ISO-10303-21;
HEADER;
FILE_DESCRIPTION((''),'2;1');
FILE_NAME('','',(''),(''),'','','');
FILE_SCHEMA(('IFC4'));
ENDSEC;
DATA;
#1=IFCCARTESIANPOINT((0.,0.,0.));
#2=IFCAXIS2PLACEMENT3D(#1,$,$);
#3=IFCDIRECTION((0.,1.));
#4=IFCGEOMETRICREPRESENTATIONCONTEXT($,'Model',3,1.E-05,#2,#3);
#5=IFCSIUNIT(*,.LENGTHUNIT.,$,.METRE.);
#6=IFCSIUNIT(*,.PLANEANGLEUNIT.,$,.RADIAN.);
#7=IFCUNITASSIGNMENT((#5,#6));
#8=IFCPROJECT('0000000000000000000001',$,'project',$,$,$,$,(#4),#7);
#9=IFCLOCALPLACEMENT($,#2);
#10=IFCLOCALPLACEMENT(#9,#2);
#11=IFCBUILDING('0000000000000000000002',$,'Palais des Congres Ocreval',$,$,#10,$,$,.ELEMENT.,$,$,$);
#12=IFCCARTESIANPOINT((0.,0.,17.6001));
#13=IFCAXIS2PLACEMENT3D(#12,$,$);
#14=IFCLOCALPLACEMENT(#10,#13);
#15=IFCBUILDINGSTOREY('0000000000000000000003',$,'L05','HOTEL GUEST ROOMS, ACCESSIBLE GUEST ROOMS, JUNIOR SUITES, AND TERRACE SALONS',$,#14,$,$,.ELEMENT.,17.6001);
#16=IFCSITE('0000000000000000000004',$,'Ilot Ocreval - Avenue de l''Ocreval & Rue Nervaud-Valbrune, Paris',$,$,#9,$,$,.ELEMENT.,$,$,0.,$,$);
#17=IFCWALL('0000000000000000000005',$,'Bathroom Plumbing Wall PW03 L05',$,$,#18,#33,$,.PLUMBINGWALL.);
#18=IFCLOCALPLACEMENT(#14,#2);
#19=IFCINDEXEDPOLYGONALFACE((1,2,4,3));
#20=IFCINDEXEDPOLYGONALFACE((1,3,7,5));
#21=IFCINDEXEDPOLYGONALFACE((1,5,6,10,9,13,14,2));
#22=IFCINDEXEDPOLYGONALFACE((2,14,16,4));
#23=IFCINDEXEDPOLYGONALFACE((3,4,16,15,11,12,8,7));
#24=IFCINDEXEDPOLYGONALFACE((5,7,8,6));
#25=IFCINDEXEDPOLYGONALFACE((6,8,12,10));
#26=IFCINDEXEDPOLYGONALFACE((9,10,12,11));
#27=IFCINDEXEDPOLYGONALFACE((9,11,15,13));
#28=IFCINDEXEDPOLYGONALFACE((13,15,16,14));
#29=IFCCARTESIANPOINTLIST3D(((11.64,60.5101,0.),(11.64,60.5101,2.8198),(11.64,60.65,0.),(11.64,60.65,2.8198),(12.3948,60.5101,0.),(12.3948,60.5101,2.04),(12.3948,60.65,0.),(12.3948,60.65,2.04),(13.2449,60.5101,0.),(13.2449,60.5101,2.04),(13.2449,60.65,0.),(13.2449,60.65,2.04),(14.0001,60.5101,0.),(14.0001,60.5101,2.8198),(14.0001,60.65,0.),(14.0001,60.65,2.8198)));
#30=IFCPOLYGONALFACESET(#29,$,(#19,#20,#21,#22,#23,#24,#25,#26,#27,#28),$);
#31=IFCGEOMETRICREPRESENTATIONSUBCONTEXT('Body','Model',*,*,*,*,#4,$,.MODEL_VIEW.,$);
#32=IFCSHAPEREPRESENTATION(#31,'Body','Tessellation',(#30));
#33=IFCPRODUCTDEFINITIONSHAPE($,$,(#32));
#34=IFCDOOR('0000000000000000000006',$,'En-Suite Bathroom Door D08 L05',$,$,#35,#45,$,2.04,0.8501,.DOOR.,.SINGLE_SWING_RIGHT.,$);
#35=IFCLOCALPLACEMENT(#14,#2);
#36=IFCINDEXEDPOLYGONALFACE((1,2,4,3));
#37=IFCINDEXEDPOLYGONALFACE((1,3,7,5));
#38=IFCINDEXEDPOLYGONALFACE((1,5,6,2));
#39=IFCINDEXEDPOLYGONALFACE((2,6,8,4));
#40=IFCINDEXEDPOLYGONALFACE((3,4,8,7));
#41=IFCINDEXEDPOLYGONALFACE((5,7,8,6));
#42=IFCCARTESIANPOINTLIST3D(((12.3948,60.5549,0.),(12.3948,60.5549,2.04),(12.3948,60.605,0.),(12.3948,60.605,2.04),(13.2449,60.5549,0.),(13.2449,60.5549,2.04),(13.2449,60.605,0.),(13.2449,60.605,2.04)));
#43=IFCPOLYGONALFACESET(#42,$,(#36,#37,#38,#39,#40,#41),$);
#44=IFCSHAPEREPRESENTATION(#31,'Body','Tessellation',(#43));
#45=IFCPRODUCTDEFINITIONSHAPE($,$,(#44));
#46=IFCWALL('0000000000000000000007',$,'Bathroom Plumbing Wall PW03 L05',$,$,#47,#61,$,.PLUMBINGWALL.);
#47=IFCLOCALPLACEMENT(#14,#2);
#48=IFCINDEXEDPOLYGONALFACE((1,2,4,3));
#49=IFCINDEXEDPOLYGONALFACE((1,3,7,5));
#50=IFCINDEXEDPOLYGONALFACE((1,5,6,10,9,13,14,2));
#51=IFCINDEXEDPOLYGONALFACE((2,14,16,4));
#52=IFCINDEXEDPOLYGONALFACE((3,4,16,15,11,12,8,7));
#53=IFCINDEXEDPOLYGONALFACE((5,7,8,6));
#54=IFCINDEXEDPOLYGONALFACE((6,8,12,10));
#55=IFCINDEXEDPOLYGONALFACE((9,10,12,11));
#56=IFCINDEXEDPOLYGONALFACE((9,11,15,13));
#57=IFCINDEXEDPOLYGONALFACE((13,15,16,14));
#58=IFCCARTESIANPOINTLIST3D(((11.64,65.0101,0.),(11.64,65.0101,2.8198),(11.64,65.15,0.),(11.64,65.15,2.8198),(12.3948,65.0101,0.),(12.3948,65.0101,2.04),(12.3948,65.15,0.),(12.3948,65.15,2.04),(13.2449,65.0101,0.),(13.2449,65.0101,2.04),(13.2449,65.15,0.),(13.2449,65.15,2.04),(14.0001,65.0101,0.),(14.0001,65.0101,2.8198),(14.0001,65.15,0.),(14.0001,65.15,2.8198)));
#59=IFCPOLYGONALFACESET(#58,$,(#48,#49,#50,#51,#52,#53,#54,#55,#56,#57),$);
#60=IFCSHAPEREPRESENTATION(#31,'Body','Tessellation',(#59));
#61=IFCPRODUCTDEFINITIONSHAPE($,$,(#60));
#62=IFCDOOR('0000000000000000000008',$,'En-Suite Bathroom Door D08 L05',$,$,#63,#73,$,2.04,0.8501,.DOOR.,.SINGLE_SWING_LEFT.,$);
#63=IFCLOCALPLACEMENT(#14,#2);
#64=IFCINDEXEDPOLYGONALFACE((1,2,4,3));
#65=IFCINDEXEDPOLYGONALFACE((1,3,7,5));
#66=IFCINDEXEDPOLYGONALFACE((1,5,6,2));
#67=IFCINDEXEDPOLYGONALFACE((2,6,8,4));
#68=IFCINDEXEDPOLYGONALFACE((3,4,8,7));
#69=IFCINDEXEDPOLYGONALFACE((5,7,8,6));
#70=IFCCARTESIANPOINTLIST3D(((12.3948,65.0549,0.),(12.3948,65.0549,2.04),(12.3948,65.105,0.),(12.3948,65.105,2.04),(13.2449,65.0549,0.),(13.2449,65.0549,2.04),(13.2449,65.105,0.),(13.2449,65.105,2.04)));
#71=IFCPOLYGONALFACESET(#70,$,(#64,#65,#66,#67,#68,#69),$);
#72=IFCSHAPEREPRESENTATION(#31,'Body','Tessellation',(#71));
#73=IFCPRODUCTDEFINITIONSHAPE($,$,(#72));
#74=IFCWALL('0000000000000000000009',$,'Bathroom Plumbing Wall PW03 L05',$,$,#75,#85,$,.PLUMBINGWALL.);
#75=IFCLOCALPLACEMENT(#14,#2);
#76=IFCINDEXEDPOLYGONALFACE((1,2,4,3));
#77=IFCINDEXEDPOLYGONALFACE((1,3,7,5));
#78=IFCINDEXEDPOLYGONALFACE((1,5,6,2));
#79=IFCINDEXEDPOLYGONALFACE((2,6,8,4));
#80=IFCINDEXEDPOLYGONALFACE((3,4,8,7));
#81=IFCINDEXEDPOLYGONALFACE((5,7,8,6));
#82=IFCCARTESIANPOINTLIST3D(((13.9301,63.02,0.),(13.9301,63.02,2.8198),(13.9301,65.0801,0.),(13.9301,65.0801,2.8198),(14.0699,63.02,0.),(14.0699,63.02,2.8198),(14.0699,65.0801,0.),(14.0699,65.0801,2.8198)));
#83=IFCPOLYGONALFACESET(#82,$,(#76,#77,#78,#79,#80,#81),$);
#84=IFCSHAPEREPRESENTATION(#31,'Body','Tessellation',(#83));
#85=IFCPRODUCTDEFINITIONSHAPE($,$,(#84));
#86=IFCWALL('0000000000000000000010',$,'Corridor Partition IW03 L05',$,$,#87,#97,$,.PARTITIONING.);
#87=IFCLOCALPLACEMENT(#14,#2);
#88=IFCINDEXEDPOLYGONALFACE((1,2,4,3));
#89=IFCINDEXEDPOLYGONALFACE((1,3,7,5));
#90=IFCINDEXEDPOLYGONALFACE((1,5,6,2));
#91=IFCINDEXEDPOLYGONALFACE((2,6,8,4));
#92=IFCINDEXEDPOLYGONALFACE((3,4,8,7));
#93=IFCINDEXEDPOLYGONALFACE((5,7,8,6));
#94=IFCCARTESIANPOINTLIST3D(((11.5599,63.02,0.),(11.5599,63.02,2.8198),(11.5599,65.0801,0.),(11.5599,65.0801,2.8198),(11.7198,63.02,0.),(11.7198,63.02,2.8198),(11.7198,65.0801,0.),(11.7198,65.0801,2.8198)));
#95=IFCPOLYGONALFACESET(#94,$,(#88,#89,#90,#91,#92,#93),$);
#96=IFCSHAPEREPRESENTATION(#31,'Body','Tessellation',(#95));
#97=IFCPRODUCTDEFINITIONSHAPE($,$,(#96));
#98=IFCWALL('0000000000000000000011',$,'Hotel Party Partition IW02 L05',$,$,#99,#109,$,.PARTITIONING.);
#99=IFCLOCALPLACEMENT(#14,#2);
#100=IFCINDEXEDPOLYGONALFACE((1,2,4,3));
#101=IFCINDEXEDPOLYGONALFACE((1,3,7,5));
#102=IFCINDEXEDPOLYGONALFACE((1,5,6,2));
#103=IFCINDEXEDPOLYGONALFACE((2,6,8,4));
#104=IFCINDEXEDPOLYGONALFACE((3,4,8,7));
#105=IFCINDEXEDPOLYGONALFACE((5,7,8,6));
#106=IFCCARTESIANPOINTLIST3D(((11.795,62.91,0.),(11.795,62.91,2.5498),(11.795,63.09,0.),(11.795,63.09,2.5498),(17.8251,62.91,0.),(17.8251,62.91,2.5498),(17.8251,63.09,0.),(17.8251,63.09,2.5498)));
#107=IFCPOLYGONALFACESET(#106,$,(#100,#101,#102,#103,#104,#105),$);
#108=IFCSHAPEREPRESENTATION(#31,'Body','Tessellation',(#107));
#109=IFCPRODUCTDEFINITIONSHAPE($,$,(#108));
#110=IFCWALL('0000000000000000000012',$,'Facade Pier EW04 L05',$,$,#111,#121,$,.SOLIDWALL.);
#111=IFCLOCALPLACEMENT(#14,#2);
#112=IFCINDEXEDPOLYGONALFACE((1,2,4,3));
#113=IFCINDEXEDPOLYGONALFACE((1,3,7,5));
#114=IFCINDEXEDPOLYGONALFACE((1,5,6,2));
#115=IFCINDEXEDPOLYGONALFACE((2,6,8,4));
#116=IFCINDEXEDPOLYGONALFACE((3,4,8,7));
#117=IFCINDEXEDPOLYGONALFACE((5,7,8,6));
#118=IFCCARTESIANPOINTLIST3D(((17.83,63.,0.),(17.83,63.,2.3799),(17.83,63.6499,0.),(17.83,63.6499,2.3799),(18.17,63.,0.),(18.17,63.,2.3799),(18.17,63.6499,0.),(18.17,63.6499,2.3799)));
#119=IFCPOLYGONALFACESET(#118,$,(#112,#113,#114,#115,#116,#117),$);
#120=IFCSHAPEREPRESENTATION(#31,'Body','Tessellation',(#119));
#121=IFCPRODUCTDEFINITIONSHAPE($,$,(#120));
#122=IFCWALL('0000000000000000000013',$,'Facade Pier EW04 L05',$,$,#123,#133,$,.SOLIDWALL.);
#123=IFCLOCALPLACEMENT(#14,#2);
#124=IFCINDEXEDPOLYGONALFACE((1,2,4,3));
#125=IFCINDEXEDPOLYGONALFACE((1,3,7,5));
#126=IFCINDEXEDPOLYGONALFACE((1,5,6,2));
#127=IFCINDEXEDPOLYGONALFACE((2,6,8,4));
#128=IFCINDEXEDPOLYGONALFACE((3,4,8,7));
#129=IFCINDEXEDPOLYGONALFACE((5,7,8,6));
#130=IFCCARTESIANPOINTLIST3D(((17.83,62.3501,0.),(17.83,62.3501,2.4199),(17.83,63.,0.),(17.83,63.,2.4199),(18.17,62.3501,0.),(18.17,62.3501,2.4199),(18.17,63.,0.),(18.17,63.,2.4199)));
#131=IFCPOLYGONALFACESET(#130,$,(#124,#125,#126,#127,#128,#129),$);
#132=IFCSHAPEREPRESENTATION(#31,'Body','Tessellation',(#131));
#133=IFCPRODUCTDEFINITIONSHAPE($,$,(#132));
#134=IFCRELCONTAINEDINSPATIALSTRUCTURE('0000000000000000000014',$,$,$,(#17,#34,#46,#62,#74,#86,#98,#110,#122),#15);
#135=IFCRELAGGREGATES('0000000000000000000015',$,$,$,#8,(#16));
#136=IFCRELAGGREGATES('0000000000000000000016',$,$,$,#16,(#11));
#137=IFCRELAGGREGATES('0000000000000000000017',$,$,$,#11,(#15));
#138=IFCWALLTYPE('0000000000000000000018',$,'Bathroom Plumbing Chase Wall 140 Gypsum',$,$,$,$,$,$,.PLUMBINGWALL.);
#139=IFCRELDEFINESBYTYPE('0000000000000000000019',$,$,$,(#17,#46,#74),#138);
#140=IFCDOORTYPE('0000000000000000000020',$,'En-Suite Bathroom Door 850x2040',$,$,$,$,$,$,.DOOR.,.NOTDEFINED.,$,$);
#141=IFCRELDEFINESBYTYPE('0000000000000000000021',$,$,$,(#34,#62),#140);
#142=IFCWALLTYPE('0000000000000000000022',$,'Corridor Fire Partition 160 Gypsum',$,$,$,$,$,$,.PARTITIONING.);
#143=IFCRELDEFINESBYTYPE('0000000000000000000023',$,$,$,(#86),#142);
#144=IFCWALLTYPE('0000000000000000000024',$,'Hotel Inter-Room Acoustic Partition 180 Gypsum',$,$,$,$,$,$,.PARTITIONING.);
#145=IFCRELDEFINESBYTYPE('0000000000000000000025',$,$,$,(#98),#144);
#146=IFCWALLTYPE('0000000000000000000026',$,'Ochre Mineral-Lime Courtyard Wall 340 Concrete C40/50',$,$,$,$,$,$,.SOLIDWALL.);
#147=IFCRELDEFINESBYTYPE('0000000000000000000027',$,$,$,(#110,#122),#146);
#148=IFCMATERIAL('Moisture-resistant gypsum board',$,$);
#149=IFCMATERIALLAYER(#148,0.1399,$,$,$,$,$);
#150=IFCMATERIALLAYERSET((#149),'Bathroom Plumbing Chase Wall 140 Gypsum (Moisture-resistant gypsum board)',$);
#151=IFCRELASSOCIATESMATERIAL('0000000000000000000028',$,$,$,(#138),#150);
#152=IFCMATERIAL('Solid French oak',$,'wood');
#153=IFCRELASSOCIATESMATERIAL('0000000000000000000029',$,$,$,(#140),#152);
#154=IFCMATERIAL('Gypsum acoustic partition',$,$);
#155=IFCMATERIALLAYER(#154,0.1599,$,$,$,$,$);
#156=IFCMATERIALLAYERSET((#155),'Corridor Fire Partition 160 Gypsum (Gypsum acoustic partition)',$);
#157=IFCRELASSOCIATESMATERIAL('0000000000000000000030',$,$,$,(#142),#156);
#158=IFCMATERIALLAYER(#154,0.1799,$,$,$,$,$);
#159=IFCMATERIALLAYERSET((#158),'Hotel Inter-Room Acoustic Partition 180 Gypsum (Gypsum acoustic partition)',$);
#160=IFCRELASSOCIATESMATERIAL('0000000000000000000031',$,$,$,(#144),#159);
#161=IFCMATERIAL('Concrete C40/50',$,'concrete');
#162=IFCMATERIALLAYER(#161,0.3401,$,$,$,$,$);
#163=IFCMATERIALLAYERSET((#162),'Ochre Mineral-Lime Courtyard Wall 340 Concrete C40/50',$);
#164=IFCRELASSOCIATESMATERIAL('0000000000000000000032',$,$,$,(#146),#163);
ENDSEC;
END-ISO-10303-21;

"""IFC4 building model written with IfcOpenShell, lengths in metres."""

from ifc_helpers import new_model, si_unit, direction, frame, frame_2d, origin, place, context, subcontext, project, spatial, rectangle, extrude, material, layer, layer_set, type_object, element, fill, save


model = new_model("IFC4")

# Units and contexts
model_context = context("Model", 3, precision=1e-05, world=origin(), true_north=direction((0.0, 1.0)))
body_context = subcontext(model_context, "Body", "Model", "MODEL_VIEW")
ifc_project = project(units=[si_unit("LENGTHUNIT", "METRE"), si_unit("PLANEANGLEUNIT", "RADIAN")], contexts=[model_context])

# Site, building, storey
site_placement = place(None, origin())
site = spatial("IfcSite", under=ifc_project, at=site_placement, Name="Ilot Ocreval - Avenue de l'Ocreval & Rue Nervaud-Valbrune, Paris", CompositionType="ELEMENT", RefElevation=0.0)
building_placement = place(site_placement, origin())
building = spatial("IfcBuilding", under=site, at=building_placement, Name="Palais des Congres Ocreval", CompositionType="ELEMENT")
storey_placement = place(building_placement, frame((0.0, 0.0, 17.6001)))
storey = spatial("IfcBuildingStorey", under=building, at=storey_placement, Name="L05", Description="HOTEL GUEST ROOMS, ACCESSIBLE GUEST ROOMS, JUNIOR SUITES, AND TERRACE SALONS", CompositionType="ELEMENT", Elevation=17.6001)

# Shared definitions
ifc_material_1 = material(Name="Concrete C40/50", Category="concrete")

# Walls, openings, doors
ifc_material_2 = material(Name="Moisture-resistant gypsum board")
ifc_layer_1 = layer(ifc_material_2, 0.1399)
ifc_layer_set_1 = layer_set([ifc_layer_1], Name="Bathroom Plumbing Chase Wall 140 Gypsum (Moisture-resistant gypsum board)")
wall_type_1 = type_object("IfcWallType", Name="Bathroom Plumbing Chase Wall 140 Gypsum", PredefinedType="PLUMBINGWALL", material=ifc_layer_set_1)
wall_1_placement = place(storey_placement, frame((11.6399, 60.5801, 0.0), z_axis=(0.0, 0.0, 1.0), x_axis=(1.0, 0.0, 0.0)))
wall_1 = element("IfcWall", 1, at=wall_1_placement, inside=storey, type_object=wall_type_1, Name="Bathroom Plumbing Wall PW03 L05", PredefinedType="PLUMBINGWALL", context=body_context, shape_type="SweptSolid", body=[
    extrude(rectangle(XDim=2.3601, YDim=0.1399, at=frame_2d((1.1802, 0.0))), origin(), (0.0, 0.0, 1.0), 2.8198),
])
opening_1_placement = place(wall_1_placement, frame((0.7549, 0.0, 0.0)))
opening_1 = element("IfcOpeningElement", 2, at=opening_1_placement, cuts=wall_1, PredefinedType="OPENING", context=body_context, shape_type="SweptSolid", body=[
    extrude(rectangle(XDim=0.8501, YDim=2.04, at=frame_2d((0.425, 1.02))), frame((0.0, 0.0798, 0.0), z_axis=(0.0, -1.0, 0.0), x_axis=(1.0, 0.0, 0.0)), (0.0, 0.0, 1.0), 0.1599),
])
ifc_material_3 = material(Name="Solid French oak", Category="wood")
door_type_1 = type_object("IfcDoorType", Name="En-Suite Bathroom Door 850x2040", OperationType="NOTDEFINED", PredefinedType="DOOR", material=ifc_material_3)
door_1_placement = place(opening_1_placement, origin())
door_1 = element("IfcDoor", 3, at=door_1_placement, inside=storey, type_object=door_type_1, Name="En-Suite Bathroom Door D08 L05", OperationType="SINGLE_SWING_RIGHT", OverallHeight=2.04, OverallWidth=0.8501, PredefinedType="DOOR", context=body_context, shape_type="SweptSolid", body=[
    extrude(rectangle(XDim=0.8501, YDim=2.04, at=frame_2d((0.425, 1.02))), frame((0.0, 0.0249, 0.0), z_axis=(0.0, -1.0, 0.0), x_axis=(1.0, 0.0, 0.0)), (0.0, 0.0, 1.0), 0.05),
])
fill(opening_1, door_1)
wall_2_placement = place(storey_placement, frame((11.6399, 65.0801, 0.0), z_axis=(0.0, 0.0, 1.0), x_axis=(1.0, 0.0, 0.0)))
wall_2 = element("IfcWall", 4, at=wall_2_placement, inside=storey, type_object=wall_type_1, Name="Bathroom Plumbing Wall PW03 L05", PredefinedType="PLUMBINGWALL", context=body_context, shape_type="SweptSolid", body=[
    extrude(rectangle(XDim=2.3601, YDim=0.1399, at=frame_2d((1.1802, 0.0))), origin(), (0.0, 0.0, 1.0), 2.8198),
])
opening_2_placement = place(wall_2_placement, frame((0.7549, 0.0, 0.0)))
opening_2 = element("IfcOpeningElement", 5, at=opening_2_placement, cuts=wall_2, PredefinedType="OPENING", context=body_context, shape_type="SweptSolid", body=[
    extrude(rectangle(XDim=0.8501, YDim=2.04, at=frame_2d((0.425, 1.02))), frame((0.0, 0.0798, 0.0), z_axis=(0.0, -1.0, 0.0), x_axis=(1.0, 0.0, 0.0)), (0.0, 0.0, 1.0), 0.1599),
])
door_2_placement = place(opening_2_placement, origin())
door_2 = element("IfcDoor", 6, at=door_2_placement, inside=storey, type_object=door_type_1, Name="En-Suite Bathroom Door D08 L05", OperationType="SINGLE_SWING_LEFT", OverallHeight=2.04, OverallWidth=0.8501, PredefinedType="DOOR", context=body_context, shape_type="SweptSolid", body=[
    extrude(rectangle(XDim=0.8501, YDim=2.04, at=frame_2d((0.425, 1.02))), frame((0.0, 0.0249, 0.0), z_axis=(0.0, -1.0, 0.0), x_axis=(1.0, 0.0, 0.0)), (0.0, 0.0, 1.0), 0.05),
])
fill(opening_2, door_2)

# Walls
wall_3_placement = place(storey_placement, frame((14.0, 63.02, 0.0), z_axis=(0.0, 0.0, 1.0), x_axis=(0.0, 1.0, 0.0)))
element("IfcWall", 7, at=wall_3_placement, inside=storey, type_object=wall_type_1, Name="Bathroom Plumbing Wall PW03 L05", PredefinedType="PLUMBINGWALL", context=body_context, shape_type="SweptSolid", body=[
    extrude(rectangle(XDim=2.0601, YDim=0.1399, at=frame_2d((1.03, 0.0))), origin(), (0.0, 0.0, 1.0), 2.8198),
])
ifc_material_4 = material(Name="Gypsum acoustic partition")
ifc_layer_2 = layer(ifc_material_4, 0.1599)
ifc_layer_set_2 = layer_set([ifc_layer_2], Name="Corridor Fire Partition 160 Gypsum (Gypsum acoustic partition)")
wall_type_2 = type_object("IfcWallType", Name="Corridor Fire Partition 160 Gypsum", PredefinedType="PARTITIONING", material=ifc_layer_set_2)
wall_4_placement = place(storey_placement, frame((11.6399, 63.02, 0.0), z_axis=(0.0, 0.0, 1.0), x_axis=(0.0, 1.0, 0.0)))
element("IfcWall", 8, at=wall_4_placement, inside=storey, type_object=wall_type_2, Name="Corridor Partition IW03 L05", PredefinedType="PARTITIONING", context=body_context, shape_type="SweptSolid", body=[
    extrude(rectangle(XDim=2.0601, YDim=0.1599, at=frame_2d((1.03, 0.0))), origin(), (0.0, 0.0, 1.0), 2.8198),
])

# Walls
ifc_layer_3 = layer(ifc_material_4, 0.1799)
ifc_layer_set_3 = layer_set([ifc_layer_3], Name="Hotel Inter-Room Acoustic Partition 180 Gypsum (Gypsum acoustic partition)")
wall_type_3 = type_object("IfcWallType", Name="Hotel Inter-Room Acoustic Partition 180 Gypsum", PredefinedType="PARTITIONING", material=ifc_layer_set_3)
wall_5_placement = place(storey_placement, frame((11.7949, 63.0, 0.0), z_axis=(0.0, 0.0, 1.0), x_axis=(1.0, 0.0, 0.0)))
element("IfcWall", 9, at=wall_5_placement, inside=storey, type_object=wall_type_3, Name="Hotel Party Partition IW02 L05", PredefinedType="PARTITIONING", context=body_context, shape_type="SweptSolid", body=[
    extrude(rectangle(XDim=6.03, YDim=0.1799, at=frame_2d((3.0151, 0.0))), origin(), (0.0, 0.0, 1.0), 2.5498),
])
ifc_layer_4 = layer(ifc_material_1, 0.3401)
ifc_layer_set_4 = layer_set([ifc_layer_4], Name="Ochre Mineral-Lime Courtyard Wall 340 Concrete C40/50")
wall_type_4 = type_object("IfcWallType", Name="Ochre Mineral-Lime Courtyard Wall 340 Concrete C40/50", PredefinedType="SOLIDWALL", material=ifc_layer_set_4)
wall_6_placement = place(storey_placement, frame((18.0, 63.6499, 0.0), z_axis=(0.0, 0.0, 1.0), x_axis=(0.0, -1.0, 0.0)))
element("IfcWall", 10, at=wall_6_placement, inside=storey, type_object=wall_type_4, Name="Facade Pier EW04 L05", PredefinedType="SOLIDWALL", context=body_context, shape_type="SweptSolid", body=[
    extrude(rectangle(XDim=0.6499, YDim=0.3401, at=frame_2d((0.325, 0.0))), origin(), (0.0, 0.0, 1.0), 2.3799),
])
wall_7_placement = place(storey_placement, frame((18.0, 63.0, 0.0), z_axis=(0.0, 0.0, 1.0), x_axis=(0.0, -1.0, 0.0)))
element("IfcWall", 11, at=wall_7_placement, inside=storey, type_object=wall_type_4, Name="Facade Pier EW04 L05", PredefinedType="SOLIDWALL", context=body_context, shape_type="SweptSolid", body=[
    extrude(rectangle(XDim=0.6499, YDim=0.3401, at=frame_2d((0.325, 0.0))), origin(), (0.0, 0.0, 1.0), 2.4199),
])

save(model, "model.ifc")
